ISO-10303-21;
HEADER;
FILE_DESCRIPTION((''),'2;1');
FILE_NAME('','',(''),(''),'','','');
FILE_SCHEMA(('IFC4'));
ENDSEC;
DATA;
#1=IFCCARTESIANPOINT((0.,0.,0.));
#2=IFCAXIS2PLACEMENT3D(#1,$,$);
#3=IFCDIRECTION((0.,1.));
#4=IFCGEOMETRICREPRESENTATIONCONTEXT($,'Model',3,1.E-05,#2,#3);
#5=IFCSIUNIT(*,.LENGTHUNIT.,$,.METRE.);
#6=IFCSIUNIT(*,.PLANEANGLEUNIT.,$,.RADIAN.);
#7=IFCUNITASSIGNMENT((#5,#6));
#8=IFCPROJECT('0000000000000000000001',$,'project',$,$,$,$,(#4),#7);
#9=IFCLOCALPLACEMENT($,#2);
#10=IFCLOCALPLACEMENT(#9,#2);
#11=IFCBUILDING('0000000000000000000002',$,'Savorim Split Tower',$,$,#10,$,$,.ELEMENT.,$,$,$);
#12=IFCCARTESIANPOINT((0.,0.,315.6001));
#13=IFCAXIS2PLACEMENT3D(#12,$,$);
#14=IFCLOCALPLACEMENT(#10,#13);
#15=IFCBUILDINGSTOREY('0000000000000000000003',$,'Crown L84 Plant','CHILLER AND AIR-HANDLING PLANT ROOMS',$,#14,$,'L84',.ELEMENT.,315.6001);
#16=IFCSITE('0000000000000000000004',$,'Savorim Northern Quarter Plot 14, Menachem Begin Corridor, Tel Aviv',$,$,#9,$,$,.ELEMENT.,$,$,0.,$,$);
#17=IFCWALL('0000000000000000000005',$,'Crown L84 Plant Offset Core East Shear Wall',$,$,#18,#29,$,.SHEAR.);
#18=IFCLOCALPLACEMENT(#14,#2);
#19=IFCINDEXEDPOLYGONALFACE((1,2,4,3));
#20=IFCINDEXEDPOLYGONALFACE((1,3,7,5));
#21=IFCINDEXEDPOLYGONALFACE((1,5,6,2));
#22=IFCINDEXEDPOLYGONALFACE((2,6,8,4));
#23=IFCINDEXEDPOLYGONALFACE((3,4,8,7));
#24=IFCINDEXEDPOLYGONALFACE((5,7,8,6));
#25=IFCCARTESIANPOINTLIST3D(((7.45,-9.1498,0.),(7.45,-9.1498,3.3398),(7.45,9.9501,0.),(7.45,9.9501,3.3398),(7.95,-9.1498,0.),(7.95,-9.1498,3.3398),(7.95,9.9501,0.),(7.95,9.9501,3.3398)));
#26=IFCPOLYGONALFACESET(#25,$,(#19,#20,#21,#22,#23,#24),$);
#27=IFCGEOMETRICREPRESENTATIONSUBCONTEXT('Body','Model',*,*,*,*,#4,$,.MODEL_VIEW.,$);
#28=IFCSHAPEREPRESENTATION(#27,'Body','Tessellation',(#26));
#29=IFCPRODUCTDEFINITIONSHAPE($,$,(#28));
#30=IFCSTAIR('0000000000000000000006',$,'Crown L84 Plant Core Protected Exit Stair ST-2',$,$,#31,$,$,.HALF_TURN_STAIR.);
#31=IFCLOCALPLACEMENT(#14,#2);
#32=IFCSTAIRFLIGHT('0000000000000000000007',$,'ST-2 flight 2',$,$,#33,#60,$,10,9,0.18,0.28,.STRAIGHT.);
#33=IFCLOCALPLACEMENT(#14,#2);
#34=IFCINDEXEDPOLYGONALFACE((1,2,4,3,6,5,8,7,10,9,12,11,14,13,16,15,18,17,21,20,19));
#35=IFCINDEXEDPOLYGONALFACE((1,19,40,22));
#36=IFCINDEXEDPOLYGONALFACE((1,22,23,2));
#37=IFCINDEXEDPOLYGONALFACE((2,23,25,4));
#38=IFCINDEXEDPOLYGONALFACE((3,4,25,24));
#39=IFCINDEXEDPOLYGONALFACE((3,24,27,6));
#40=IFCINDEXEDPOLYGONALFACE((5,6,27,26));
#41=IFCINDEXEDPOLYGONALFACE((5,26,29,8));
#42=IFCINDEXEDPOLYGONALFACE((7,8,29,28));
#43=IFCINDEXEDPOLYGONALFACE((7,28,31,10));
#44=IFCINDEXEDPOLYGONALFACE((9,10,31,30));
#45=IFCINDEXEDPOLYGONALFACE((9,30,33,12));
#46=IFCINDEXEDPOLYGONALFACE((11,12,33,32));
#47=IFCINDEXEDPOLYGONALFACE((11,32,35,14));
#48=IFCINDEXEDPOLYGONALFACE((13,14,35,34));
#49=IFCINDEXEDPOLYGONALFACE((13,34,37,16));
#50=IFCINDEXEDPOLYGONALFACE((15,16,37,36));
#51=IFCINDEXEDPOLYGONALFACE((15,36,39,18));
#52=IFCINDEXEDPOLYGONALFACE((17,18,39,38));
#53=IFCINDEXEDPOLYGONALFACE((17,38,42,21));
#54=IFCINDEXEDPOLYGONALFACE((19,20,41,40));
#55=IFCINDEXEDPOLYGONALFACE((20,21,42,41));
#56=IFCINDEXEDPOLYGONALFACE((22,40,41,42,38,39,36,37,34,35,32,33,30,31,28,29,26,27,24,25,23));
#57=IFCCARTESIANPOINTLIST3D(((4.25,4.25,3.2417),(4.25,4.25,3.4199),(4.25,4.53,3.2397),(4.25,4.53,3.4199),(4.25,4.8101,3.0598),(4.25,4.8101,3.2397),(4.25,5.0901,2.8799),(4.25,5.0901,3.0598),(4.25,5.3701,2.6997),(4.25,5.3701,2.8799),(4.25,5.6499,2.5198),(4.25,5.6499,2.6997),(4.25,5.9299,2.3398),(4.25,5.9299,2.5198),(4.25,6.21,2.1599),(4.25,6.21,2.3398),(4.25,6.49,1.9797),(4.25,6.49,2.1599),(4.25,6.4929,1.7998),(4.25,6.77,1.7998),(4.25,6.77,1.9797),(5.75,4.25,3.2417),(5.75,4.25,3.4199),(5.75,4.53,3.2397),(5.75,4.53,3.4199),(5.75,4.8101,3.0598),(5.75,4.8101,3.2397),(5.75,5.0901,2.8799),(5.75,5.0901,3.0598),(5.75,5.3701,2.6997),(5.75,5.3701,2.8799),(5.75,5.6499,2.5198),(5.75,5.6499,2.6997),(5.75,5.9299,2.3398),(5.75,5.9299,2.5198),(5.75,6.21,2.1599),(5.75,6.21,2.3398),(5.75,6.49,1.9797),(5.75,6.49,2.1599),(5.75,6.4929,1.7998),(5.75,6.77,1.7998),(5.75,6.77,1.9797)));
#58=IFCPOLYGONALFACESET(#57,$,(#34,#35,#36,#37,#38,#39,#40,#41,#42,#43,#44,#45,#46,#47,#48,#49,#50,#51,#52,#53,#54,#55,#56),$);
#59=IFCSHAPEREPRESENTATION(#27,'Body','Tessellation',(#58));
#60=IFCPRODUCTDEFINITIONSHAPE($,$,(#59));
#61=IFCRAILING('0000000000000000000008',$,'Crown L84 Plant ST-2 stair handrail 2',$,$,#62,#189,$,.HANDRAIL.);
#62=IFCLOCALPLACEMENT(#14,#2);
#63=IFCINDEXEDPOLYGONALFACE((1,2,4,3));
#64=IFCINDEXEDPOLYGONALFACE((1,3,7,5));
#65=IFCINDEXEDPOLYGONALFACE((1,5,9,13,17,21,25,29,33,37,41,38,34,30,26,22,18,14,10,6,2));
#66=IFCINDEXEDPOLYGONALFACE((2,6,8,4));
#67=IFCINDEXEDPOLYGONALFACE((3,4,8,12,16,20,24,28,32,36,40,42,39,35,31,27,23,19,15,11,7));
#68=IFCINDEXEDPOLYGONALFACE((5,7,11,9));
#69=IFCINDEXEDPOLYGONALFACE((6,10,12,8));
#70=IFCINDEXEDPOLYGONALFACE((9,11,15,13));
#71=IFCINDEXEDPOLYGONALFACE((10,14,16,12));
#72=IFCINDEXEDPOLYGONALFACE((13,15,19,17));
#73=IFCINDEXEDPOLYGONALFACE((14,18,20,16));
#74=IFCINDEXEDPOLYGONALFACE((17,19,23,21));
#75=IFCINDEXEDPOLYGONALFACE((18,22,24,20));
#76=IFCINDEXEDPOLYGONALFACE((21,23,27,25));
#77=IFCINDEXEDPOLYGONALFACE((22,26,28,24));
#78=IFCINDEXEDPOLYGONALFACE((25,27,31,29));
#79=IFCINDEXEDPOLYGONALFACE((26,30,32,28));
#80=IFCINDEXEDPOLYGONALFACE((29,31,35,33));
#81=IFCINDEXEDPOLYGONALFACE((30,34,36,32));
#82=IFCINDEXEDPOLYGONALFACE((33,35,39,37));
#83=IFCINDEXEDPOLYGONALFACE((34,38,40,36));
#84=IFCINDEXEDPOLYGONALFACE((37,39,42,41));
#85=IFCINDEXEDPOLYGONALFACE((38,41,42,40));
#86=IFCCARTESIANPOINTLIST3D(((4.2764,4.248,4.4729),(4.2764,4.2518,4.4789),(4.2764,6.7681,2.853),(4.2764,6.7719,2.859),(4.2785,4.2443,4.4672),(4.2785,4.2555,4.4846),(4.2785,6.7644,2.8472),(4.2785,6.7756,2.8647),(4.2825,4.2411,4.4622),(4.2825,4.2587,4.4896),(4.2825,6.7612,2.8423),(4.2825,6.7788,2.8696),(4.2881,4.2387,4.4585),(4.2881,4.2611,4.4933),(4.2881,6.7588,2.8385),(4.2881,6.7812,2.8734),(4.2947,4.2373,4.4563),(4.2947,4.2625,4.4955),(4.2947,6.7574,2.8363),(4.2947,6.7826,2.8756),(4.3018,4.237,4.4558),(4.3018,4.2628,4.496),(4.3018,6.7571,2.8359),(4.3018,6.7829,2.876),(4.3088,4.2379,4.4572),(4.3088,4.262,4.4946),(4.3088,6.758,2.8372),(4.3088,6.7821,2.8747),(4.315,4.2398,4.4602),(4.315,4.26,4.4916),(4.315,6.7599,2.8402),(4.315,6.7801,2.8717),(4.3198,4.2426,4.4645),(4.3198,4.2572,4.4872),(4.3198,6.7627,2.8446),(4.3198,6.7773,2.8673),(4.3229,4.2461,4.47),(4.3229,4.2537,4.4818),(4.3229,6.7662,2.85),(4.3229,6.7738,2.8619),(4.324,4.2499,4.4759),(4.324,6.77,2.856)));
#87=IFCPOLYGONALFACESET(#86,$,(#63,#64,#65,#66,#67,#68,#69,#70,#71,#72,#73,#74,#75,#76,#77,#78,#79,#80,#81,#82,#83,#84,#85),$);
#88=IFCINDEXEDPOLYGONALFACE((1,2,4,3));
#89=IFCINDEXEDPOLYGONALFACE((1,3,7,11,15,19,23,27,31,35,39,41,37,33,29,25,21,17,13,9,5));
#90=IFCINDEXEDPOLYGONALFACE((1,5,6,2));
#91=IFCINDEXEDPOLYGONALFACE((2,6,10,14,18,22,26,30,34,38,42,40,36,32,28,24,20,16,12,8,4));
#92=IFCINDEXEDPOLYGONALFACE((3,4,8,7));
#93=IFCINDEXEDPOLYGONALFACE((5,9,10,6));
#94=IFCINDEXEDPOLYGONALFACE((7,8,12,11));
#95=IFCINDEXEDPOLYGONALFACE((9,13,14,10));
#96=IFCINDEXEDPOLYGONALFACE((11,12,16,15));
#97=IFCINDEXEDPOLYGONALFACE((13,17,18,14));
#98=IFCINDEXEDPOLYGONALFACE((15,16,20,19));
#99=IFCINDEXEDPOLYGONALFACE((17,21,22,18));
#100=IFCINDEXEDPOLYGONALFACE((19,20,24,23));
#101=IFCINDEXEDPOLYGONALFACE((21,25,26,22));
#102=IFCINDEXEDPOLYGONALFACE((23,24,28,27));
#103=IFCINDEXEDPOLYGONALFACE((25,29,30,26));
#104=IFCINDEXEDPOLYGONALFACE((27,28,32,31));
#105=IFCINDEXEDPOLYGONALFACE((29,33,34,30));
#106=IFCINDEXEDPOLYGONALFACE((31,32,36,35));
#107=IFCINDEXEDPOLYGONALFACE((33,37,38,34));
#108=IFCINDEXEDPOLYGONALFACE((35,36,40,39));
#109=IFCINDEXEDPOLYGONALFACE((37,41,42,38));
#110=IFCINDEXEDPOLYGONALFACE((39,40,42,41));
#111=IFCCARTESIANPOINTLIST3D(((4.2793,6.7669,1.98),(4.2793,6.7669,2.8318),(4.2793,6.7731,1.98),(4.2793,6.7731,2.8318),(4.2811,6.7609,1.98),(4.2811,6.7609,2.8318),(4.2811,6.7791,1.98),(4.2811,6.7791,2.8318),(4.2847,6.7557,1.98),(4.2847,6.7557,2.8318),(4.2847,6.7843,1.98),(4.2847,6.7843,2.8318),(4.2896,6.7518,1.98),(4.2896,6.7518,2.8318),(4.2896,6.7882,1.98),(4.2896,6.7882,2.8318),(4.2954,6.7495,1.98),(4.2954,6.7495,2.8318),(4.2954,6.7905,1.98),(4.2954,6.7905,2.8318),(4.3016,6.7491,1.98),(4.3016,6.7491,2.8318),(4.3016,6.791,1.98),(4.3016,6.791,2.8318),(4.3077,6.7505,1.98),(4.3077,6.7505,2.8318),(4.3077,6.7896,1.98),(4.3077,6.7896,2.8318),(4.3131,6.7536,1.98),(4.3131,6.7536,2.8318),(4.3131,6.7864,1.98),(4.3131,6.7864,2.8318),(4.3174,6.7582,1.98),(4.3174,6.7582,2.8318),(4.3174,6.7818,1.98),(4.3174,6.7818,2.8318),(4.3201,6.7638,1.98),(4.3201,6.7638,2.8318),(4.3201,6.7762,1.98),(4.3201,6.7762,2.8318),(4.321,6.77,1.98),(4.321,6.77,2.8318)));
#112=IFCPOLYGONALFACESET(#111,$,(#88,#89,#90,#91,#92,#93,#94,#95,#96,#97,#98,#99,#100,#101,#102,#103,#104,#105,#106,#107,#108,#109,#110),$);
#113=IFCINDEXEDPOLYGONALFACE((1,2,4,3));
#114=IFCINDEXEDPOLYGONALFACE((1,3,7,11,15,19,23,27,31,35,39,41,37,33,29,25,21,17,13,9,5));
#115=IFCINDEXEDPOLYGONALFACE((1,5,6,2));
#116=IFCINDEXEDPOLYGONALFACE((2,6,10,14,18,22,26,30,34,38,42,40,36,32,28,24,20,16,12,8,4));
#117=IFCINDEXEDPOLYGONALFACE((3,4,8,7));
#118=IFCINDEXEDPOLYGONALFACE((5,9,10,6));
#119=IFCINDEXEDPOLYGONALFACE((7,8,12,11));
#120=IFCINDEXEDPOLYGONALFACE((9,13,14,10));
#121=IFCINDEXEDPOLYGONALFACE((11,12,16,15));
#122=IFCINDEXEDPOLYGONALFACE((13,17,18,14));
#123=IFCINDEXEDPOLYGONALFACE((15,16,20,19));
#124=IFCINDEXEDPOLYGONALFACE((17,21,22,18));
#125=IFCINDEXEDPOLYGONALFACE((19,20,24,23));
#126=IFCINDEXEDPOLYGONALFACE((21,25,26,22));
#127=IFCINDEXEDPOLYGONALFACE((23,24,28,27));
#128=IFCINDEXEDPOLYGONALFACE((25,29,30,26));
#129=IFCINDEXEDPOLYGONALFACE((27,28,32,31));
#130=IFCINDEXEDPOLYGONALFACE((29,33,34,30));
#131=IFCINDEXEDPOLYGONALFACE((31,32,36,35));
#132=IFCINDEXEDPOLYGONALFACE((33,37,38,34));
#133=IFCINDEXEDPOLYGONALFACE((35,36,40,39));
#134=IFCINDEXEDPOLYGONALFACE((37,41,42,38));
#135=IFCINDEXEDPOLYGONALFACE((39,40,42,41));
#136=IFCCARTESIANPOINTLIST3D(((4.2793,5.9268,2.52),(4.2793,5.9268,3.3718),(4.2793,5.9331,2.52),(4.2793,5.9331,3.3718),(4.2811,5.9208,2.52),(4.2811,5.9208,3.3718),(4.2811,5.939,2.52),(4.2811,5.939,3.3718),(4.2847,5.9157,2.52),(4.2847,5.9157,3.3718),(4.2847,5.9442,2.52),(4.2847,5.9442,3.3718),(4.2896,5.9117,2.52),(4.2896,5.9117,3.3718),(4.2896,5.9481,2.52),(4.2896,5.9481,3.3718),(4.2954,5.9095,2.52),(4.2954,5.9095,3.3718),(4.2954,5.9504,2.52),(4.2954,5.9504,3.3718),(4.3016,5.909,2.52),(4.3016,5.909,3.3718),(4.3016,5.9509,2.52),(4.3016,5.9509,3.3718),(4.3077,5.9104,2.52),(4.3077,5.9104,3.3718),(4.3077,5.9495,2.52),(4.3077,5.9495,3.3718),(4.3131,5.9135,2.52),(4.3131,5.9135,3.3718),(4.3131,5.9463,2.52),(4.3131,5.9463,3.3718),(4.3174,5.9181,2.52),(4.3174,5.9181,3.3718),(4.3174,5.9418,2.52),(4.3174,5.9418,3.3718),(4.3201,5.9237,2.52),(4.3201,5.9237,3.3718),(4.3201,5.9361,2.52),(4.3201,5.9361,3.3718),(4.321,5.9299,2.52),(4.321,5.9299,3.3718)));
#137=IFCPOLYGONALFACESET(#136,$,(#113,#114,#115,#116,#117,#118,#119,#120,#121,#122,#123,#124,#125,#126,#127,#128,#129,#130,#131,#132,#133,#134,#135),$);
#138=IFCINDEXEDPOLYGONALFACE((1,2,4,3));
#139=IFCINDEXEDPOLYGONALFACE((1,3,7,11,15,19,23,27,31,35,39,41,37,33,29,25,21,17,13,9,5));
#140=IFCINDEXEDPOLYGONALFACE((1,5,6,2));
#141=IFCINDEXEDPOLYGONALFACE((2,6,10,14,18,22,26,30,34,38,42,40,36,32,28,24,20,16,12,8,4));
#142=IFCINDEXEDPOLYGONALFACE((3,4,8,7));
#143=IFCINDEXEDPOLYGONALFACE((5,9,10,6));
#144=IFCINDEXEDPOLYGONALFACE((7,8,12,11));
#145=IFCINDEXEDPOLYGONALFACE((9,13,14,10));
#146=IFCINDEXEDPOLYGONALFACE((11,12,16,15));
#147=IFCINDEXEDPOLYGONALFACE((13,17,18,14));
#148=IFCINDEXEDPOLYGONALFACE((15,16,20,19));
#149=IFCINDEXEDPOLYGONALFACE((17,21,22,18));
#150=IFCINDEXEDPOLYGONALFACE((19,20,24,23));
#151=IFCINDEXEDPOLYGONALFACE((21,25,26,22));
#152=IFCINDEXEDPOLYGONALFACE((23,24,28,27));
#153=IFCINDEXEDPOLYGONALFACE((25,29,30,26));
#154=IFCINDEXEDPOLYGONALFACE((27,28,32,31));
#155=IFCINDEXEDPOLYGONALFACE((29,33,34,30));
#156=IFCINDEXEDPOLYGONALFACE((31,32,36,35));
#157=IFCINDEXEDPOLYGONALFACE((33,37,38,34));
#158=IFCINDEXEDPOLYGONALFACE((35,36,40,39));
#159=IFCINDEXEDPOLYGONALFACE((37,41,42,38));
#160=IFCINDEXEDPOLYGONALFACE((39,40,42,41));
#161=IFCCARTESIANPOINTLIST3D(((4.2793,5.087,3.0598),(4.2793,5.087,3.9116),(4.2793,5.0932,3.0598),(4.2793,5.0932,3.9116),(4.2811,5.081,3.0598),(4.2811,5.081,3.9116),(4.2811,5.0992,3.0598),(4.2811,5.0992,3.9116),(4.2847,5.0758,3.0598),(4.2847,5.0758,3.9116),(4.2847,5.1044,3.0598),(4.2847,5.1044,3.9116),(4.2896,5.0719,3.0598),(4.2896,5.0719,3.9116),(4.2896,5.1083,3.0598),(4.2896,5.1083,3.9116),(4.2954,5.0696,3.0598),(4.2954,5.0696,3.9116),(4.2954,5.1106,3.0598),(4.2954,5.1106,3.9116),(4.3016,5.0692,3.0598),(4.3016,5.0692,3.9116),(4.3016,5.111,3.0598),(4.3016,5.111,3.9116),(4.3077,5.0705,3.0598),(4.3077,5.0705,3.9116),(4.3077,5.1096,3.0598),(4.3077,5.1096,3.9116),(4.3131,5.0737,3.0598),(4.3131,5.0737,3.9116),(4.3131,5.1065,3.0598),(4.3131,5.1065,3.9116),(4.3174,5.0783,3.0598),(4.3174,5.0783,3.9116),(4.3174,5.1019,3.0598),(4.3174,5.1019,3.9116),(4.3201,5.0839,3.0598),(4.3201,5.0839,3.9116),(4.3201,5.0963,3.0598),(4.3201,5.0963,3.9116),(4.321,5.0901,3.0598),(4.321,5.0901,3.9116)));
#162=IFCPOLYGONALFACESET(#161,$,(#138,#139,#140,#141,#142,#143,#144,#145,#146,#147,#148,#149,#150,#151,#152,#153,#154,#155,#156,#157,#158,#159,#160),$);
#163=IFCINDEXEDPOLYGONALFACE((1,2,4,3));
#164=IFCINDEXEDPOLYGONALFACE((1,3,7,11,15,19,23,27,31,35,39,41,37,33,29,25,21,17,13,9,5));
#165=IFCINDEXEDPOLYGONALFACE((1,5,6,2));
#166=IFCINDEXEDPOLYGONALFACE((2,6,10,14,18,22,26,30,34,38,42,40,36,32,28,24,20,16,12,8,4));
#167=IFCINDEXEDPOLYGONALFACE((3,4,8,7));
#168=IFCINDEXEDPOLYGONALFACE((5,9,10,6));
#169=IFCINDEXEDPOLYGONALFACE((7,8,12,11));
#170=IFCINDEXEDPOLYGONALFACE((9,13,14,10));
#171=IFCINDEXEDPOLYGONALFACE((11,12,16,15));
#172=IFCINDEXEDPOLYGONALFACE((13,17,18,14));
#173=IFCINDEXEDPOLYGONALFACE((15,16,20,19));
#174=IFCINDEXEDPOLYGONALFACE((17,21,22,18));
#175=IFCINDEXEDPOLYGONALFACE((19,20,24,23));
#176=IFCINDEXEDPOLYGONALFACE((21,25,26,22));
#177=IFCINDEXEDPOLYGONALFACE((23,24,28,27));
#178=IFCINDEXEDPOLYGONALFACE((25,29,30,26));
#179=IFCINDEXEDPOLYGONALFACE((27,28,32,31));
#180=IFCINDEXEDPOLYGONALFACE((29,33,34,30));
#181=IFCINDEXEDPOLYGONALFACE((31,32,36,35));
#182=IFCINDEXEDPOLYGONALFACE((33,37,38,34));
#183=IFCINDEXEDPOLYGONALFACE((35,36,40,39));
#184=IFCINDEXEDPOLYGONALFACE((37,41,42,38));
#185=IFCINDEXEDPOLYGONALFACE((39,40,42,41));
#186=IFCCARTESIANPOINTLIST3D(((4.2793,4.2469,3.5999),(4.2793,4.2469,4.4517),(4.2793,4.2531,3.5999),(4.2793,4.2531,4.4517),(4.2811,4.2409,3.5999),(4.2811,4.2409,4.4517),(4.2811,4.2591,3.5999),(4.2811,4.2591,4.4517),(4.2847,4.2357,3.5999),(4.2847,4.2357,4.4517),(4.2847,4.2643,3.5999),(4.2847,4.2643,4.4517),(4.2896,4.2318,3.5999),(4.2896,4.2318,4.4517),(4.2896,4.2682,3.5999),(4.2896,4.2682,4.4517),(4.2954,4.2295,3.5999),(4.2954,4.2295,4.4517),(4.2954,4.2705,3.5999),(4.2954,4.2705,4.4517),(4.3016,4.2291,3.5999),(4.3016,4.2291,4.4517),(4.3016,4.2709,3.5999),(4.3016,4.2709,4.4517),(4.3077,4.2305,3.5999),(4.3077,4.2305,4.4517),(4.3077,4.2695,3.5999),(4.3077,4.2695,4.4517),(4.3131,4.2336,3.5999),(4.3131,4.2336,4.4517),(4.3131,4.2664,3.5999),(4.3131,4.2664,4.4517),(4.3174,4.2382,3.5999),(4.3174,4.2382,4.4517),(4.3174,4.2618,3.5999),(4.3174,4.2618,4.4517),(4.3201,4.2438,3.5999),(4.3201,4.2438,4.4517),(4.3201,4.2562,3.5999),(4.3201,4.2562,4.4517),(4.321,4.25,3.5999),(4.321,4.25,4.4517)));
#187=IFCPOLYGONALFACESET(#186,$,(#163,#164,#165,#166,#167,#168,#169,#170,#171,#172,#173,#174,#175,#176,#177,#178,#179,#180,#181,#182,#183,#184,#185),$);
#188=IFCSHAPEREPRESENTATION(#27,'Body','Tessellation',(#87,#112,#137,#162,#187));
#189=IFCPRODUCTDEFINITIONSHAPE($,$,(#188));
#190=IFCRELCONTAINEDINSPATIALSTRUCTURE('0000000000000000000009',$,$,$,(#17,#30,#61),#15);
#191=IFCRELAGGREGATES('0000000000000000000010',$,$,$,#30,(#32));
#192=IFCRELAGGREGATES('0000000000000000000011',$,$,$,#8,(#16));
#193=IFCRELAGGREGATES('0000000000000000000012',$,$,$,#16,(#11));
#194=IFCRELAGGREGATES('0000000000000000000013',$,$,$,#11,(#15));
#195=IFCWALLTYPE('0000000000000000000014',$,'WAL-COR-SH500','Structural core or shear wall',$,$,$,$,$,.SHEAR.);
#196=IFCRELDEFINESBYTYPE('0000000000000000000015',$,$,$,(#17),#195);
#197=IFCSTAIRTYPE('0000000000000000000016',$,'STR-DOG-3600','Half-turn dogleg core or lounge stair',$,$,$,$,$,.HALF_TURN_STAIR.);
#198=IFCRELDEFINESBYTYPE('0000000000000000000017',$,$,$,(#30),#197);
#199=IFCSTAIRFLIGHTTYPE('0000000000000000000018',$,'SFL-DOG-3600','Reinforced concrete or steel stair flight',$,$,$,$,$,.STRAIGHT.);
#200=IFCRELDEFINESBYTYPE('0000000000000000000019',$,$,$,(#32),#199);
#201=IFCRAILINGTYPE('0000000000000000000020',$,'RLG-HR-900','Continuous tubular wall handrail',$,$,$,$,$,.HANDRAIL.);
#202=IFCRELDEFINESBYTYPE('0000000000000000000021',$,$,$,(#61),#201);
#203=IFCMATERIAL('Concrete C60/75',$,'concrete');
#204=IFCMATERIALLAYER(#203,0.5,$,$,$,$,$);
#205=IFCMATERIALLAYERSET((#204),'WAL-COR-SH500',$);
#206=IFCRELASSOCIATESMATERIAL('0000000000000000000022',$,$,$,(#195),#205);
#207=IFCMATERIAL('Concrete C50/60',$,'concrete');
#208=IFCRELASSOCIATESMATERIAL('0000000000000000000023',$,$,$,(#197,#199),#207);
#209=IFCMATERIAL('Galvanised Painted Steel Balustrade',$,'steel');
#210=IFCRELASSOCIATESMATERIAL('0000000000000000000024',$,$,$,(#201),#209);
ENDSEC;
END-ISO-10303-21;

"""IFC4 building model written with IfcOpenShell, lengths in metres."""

from ifc_helpers import new_model, si_unit, direction, frame, frame_2d, origin, origin_2d, place, context, subcontext, project, spatial, polyline, rectangle, circle, outline, extrude, material, layer, layer_set, type_object, element, aggregate, save


model = new_model("IFC4")

# Units and contexts
model_context = context("Model", 3, precision=1e-05, world=origin(), true_north=direction((0.0, 1.0)))
body_context = subcontext(model_context, "Body", "Model", "MODEL_VIEW")
ifc_project = project(units=[si_unit("LENGTHUNIT", "METRE"), si_unit("PLANEANGLEUNIT", "RADIAN")], contexts=[model_context])

# Site, building, storey
site_placement = place(None, origin())
site = spatial("IfcSite", under=ifc_project, at=site_placement, Name="Savorim Northern Quarter Plot 14, Menachem Begin Corridor, Tel Aviv", CompositionType="ELEMENT", RefElevation=0.0)
building_placement = place(site_placement, origin())
building = spatial("IfcBuilding", under=site, at=building_placement, Name="Savorim Split Tower", CompositionType="ELEMENT")
storey_placement = place(building_placement, frame((0.0, 0.0, 315.6001)))
storey = spatial("IfcBuildingStorey", under=building, at=storey_placement, Name="Crown L84 Plant", Description="CHILLER AND AIR-HANDLING PLANT ROOMS", LongName="L84", CompositionType="ELEMENT", Elevation=315.6001)

# Shared definitions
ifc_material_1 = material(Name="Concrete C50/60", Category="concrete")

# Shared definitions
ifc_material_2 = material(Name="Concrete C60/75", Category="concrete")
ifc_layer_1 = layer(ifc_material_2, 0.5)
ifc_layer_set_1 = layer_set([ifc_layer_1], Name="WAL-COR-SH500")
wall_type = type_object("IfcWallType", Name="WAL-COR-SH500", Description="Structural core or shear wall", PredefinedType="SHEAR", material=ifc_layer_set_1)

# Wall
wall_1_placement = place(storey_placement, frame((7.7, 9.95, 0.0), z_axis=(0.0, 0.0, 1.0), x_axis=(0.0, -1.0, 0.0)))
element("IfcWall", 1, at=wall_1_placement, inside=storey, type_object=wall_type, Name="Crown L84 Plant Offset Core East Shear Wall", PredefinedType="SHEAR", context=body_context, shape_type="SweptSolid", body=[
    extrude(rectangle(XDim=19.0999, YDim=0.5, at=frame_2d((9.5498, 0.0))), origin(), (0.0, 0.0, 1.0), 3.3398),
])

# Stair, stair flight
stair_type = type_object("IfcStairType", Name="STR-DOG-3600", Description="Half-turn dogleg core or lounge stair", PredefinedType="HALF_TURN_STAIR", material=ifc_material_1)
stair_placement = place(storey_placement, origin())
stair = element("IfcStair", 2, at=stair_placement, inside=storey, type_object=stair_type, Name="Crown L84 Plant Core Protected Exit Stair ST-2", PredefinedType="HALF_TURN_STAIR")
stair_flight_type = type_object("IfcStairFlightType", Name="SFL-DOG-3600", Description="Reinforced concrete or steel stair flight", PredefinedType="STRAIGHT", material=ifc_material_1)
stair_flight_placement = place(storey_placement, frame((5.0, 6.77, 1.7998), z_axis=(0.0, 0.0, 1.0), x_axis=(0.0, -1.0, 0.0)))
stair_flight = element("IfcStairFlight", 3, at=stair_flight_placement, type_object=stair_flight_type, Name="ST-2 flight 2", NumberOfRisers=10, NumberOfTreads=9, PredefinedType="STRAIGHT", RiserHeight=0.18, TreadLength=0.28, context=body_context, shape_type="SweptSolid", body=[
    extrude(outline(polyline([(0.0, 0.0), (0.0, 0.1799), (0.28, 0.1799), (0.28, 0.3601), (0.5601, 0.3601), (0.5601, 0.54), (0.8401, 0.54), (0.8401, 0.72), (1.1201, 0.72), (1.1201, 0.8999), (1.3999, 0.8999), (1.3999, 1.0801), (1.6799, 1.0801), (1.6799, 1.26), (1.96, 1.26), (1.96, 1.4399), (2.24, 1.4399), (2.24, 1.6201), (2.52, 1.6201), (2.52, 1.8), (2.52, 1.4419), (0.2771, 0.0), (0.0, 0.0)])), frame((0.0, 0.75, 0.0), z_axis=(0.0, -1.0, 0.0), x_axis=(1.0, 0.0, 0.0)), (0.0, 0.0, 1.0), 1.5),
])
aggregate(stair, [stair_flight])

# Railing
ifc_material_3 = material(Name="Galvanised Painted Steel Balustrade", Category="steel")
railing_type_1 = type_object("IfcRailingType", Name="RLG-HR-900", Description="Continuous tubular wall handrail", PredefinedType="HANDRAIL", material=ifc_material_3)
railing_1_placement = place(storey_placement, frame((4.3, 6.77, 1.98)))
element("IfcRailing", 4, at=railing_1_placement, inside=storey, type_object=railing_type_1, Name="Crown L84 Plant ST-2 stair handrail 2", PredefinedType="HANDRAIL", context=body_context, shape_type="SweptSolid", body=[
    extrude(circle(Radius=0.0239, at=origin_2d()), frame((0.0, 0.0, 0.876), z_axis=(0.0, -0.8412, 0.540725), x_axis=(1.0, 0.0, 0.0)), (0.0, 0.0, 1.0), 2.9958),
    extrude(circle(Radius=0.021, at=origin_2d()), origin(), (0.0, 0.0, 1.0), 0.8518),
    extrude(circle(Radius=0.021, at=origin_2d()), frame((0.0, -0.8401, 0.54)), (0.0, 0.0, 1.0), 0.8518),
    extrude(circle(Radius=0.021, at=origin_2d()), frame((0.0, -1.6799, 1.0798)), (0.0, 0.0, 1.0), 0.8518),
    extrude(circle(Radius=0.021, at=origin_2d()), frame((0.0, -2.52, 1.6199)), (0.0, 0.0, 1.0), 0.8518),
])

save(model, "model.ifc")
